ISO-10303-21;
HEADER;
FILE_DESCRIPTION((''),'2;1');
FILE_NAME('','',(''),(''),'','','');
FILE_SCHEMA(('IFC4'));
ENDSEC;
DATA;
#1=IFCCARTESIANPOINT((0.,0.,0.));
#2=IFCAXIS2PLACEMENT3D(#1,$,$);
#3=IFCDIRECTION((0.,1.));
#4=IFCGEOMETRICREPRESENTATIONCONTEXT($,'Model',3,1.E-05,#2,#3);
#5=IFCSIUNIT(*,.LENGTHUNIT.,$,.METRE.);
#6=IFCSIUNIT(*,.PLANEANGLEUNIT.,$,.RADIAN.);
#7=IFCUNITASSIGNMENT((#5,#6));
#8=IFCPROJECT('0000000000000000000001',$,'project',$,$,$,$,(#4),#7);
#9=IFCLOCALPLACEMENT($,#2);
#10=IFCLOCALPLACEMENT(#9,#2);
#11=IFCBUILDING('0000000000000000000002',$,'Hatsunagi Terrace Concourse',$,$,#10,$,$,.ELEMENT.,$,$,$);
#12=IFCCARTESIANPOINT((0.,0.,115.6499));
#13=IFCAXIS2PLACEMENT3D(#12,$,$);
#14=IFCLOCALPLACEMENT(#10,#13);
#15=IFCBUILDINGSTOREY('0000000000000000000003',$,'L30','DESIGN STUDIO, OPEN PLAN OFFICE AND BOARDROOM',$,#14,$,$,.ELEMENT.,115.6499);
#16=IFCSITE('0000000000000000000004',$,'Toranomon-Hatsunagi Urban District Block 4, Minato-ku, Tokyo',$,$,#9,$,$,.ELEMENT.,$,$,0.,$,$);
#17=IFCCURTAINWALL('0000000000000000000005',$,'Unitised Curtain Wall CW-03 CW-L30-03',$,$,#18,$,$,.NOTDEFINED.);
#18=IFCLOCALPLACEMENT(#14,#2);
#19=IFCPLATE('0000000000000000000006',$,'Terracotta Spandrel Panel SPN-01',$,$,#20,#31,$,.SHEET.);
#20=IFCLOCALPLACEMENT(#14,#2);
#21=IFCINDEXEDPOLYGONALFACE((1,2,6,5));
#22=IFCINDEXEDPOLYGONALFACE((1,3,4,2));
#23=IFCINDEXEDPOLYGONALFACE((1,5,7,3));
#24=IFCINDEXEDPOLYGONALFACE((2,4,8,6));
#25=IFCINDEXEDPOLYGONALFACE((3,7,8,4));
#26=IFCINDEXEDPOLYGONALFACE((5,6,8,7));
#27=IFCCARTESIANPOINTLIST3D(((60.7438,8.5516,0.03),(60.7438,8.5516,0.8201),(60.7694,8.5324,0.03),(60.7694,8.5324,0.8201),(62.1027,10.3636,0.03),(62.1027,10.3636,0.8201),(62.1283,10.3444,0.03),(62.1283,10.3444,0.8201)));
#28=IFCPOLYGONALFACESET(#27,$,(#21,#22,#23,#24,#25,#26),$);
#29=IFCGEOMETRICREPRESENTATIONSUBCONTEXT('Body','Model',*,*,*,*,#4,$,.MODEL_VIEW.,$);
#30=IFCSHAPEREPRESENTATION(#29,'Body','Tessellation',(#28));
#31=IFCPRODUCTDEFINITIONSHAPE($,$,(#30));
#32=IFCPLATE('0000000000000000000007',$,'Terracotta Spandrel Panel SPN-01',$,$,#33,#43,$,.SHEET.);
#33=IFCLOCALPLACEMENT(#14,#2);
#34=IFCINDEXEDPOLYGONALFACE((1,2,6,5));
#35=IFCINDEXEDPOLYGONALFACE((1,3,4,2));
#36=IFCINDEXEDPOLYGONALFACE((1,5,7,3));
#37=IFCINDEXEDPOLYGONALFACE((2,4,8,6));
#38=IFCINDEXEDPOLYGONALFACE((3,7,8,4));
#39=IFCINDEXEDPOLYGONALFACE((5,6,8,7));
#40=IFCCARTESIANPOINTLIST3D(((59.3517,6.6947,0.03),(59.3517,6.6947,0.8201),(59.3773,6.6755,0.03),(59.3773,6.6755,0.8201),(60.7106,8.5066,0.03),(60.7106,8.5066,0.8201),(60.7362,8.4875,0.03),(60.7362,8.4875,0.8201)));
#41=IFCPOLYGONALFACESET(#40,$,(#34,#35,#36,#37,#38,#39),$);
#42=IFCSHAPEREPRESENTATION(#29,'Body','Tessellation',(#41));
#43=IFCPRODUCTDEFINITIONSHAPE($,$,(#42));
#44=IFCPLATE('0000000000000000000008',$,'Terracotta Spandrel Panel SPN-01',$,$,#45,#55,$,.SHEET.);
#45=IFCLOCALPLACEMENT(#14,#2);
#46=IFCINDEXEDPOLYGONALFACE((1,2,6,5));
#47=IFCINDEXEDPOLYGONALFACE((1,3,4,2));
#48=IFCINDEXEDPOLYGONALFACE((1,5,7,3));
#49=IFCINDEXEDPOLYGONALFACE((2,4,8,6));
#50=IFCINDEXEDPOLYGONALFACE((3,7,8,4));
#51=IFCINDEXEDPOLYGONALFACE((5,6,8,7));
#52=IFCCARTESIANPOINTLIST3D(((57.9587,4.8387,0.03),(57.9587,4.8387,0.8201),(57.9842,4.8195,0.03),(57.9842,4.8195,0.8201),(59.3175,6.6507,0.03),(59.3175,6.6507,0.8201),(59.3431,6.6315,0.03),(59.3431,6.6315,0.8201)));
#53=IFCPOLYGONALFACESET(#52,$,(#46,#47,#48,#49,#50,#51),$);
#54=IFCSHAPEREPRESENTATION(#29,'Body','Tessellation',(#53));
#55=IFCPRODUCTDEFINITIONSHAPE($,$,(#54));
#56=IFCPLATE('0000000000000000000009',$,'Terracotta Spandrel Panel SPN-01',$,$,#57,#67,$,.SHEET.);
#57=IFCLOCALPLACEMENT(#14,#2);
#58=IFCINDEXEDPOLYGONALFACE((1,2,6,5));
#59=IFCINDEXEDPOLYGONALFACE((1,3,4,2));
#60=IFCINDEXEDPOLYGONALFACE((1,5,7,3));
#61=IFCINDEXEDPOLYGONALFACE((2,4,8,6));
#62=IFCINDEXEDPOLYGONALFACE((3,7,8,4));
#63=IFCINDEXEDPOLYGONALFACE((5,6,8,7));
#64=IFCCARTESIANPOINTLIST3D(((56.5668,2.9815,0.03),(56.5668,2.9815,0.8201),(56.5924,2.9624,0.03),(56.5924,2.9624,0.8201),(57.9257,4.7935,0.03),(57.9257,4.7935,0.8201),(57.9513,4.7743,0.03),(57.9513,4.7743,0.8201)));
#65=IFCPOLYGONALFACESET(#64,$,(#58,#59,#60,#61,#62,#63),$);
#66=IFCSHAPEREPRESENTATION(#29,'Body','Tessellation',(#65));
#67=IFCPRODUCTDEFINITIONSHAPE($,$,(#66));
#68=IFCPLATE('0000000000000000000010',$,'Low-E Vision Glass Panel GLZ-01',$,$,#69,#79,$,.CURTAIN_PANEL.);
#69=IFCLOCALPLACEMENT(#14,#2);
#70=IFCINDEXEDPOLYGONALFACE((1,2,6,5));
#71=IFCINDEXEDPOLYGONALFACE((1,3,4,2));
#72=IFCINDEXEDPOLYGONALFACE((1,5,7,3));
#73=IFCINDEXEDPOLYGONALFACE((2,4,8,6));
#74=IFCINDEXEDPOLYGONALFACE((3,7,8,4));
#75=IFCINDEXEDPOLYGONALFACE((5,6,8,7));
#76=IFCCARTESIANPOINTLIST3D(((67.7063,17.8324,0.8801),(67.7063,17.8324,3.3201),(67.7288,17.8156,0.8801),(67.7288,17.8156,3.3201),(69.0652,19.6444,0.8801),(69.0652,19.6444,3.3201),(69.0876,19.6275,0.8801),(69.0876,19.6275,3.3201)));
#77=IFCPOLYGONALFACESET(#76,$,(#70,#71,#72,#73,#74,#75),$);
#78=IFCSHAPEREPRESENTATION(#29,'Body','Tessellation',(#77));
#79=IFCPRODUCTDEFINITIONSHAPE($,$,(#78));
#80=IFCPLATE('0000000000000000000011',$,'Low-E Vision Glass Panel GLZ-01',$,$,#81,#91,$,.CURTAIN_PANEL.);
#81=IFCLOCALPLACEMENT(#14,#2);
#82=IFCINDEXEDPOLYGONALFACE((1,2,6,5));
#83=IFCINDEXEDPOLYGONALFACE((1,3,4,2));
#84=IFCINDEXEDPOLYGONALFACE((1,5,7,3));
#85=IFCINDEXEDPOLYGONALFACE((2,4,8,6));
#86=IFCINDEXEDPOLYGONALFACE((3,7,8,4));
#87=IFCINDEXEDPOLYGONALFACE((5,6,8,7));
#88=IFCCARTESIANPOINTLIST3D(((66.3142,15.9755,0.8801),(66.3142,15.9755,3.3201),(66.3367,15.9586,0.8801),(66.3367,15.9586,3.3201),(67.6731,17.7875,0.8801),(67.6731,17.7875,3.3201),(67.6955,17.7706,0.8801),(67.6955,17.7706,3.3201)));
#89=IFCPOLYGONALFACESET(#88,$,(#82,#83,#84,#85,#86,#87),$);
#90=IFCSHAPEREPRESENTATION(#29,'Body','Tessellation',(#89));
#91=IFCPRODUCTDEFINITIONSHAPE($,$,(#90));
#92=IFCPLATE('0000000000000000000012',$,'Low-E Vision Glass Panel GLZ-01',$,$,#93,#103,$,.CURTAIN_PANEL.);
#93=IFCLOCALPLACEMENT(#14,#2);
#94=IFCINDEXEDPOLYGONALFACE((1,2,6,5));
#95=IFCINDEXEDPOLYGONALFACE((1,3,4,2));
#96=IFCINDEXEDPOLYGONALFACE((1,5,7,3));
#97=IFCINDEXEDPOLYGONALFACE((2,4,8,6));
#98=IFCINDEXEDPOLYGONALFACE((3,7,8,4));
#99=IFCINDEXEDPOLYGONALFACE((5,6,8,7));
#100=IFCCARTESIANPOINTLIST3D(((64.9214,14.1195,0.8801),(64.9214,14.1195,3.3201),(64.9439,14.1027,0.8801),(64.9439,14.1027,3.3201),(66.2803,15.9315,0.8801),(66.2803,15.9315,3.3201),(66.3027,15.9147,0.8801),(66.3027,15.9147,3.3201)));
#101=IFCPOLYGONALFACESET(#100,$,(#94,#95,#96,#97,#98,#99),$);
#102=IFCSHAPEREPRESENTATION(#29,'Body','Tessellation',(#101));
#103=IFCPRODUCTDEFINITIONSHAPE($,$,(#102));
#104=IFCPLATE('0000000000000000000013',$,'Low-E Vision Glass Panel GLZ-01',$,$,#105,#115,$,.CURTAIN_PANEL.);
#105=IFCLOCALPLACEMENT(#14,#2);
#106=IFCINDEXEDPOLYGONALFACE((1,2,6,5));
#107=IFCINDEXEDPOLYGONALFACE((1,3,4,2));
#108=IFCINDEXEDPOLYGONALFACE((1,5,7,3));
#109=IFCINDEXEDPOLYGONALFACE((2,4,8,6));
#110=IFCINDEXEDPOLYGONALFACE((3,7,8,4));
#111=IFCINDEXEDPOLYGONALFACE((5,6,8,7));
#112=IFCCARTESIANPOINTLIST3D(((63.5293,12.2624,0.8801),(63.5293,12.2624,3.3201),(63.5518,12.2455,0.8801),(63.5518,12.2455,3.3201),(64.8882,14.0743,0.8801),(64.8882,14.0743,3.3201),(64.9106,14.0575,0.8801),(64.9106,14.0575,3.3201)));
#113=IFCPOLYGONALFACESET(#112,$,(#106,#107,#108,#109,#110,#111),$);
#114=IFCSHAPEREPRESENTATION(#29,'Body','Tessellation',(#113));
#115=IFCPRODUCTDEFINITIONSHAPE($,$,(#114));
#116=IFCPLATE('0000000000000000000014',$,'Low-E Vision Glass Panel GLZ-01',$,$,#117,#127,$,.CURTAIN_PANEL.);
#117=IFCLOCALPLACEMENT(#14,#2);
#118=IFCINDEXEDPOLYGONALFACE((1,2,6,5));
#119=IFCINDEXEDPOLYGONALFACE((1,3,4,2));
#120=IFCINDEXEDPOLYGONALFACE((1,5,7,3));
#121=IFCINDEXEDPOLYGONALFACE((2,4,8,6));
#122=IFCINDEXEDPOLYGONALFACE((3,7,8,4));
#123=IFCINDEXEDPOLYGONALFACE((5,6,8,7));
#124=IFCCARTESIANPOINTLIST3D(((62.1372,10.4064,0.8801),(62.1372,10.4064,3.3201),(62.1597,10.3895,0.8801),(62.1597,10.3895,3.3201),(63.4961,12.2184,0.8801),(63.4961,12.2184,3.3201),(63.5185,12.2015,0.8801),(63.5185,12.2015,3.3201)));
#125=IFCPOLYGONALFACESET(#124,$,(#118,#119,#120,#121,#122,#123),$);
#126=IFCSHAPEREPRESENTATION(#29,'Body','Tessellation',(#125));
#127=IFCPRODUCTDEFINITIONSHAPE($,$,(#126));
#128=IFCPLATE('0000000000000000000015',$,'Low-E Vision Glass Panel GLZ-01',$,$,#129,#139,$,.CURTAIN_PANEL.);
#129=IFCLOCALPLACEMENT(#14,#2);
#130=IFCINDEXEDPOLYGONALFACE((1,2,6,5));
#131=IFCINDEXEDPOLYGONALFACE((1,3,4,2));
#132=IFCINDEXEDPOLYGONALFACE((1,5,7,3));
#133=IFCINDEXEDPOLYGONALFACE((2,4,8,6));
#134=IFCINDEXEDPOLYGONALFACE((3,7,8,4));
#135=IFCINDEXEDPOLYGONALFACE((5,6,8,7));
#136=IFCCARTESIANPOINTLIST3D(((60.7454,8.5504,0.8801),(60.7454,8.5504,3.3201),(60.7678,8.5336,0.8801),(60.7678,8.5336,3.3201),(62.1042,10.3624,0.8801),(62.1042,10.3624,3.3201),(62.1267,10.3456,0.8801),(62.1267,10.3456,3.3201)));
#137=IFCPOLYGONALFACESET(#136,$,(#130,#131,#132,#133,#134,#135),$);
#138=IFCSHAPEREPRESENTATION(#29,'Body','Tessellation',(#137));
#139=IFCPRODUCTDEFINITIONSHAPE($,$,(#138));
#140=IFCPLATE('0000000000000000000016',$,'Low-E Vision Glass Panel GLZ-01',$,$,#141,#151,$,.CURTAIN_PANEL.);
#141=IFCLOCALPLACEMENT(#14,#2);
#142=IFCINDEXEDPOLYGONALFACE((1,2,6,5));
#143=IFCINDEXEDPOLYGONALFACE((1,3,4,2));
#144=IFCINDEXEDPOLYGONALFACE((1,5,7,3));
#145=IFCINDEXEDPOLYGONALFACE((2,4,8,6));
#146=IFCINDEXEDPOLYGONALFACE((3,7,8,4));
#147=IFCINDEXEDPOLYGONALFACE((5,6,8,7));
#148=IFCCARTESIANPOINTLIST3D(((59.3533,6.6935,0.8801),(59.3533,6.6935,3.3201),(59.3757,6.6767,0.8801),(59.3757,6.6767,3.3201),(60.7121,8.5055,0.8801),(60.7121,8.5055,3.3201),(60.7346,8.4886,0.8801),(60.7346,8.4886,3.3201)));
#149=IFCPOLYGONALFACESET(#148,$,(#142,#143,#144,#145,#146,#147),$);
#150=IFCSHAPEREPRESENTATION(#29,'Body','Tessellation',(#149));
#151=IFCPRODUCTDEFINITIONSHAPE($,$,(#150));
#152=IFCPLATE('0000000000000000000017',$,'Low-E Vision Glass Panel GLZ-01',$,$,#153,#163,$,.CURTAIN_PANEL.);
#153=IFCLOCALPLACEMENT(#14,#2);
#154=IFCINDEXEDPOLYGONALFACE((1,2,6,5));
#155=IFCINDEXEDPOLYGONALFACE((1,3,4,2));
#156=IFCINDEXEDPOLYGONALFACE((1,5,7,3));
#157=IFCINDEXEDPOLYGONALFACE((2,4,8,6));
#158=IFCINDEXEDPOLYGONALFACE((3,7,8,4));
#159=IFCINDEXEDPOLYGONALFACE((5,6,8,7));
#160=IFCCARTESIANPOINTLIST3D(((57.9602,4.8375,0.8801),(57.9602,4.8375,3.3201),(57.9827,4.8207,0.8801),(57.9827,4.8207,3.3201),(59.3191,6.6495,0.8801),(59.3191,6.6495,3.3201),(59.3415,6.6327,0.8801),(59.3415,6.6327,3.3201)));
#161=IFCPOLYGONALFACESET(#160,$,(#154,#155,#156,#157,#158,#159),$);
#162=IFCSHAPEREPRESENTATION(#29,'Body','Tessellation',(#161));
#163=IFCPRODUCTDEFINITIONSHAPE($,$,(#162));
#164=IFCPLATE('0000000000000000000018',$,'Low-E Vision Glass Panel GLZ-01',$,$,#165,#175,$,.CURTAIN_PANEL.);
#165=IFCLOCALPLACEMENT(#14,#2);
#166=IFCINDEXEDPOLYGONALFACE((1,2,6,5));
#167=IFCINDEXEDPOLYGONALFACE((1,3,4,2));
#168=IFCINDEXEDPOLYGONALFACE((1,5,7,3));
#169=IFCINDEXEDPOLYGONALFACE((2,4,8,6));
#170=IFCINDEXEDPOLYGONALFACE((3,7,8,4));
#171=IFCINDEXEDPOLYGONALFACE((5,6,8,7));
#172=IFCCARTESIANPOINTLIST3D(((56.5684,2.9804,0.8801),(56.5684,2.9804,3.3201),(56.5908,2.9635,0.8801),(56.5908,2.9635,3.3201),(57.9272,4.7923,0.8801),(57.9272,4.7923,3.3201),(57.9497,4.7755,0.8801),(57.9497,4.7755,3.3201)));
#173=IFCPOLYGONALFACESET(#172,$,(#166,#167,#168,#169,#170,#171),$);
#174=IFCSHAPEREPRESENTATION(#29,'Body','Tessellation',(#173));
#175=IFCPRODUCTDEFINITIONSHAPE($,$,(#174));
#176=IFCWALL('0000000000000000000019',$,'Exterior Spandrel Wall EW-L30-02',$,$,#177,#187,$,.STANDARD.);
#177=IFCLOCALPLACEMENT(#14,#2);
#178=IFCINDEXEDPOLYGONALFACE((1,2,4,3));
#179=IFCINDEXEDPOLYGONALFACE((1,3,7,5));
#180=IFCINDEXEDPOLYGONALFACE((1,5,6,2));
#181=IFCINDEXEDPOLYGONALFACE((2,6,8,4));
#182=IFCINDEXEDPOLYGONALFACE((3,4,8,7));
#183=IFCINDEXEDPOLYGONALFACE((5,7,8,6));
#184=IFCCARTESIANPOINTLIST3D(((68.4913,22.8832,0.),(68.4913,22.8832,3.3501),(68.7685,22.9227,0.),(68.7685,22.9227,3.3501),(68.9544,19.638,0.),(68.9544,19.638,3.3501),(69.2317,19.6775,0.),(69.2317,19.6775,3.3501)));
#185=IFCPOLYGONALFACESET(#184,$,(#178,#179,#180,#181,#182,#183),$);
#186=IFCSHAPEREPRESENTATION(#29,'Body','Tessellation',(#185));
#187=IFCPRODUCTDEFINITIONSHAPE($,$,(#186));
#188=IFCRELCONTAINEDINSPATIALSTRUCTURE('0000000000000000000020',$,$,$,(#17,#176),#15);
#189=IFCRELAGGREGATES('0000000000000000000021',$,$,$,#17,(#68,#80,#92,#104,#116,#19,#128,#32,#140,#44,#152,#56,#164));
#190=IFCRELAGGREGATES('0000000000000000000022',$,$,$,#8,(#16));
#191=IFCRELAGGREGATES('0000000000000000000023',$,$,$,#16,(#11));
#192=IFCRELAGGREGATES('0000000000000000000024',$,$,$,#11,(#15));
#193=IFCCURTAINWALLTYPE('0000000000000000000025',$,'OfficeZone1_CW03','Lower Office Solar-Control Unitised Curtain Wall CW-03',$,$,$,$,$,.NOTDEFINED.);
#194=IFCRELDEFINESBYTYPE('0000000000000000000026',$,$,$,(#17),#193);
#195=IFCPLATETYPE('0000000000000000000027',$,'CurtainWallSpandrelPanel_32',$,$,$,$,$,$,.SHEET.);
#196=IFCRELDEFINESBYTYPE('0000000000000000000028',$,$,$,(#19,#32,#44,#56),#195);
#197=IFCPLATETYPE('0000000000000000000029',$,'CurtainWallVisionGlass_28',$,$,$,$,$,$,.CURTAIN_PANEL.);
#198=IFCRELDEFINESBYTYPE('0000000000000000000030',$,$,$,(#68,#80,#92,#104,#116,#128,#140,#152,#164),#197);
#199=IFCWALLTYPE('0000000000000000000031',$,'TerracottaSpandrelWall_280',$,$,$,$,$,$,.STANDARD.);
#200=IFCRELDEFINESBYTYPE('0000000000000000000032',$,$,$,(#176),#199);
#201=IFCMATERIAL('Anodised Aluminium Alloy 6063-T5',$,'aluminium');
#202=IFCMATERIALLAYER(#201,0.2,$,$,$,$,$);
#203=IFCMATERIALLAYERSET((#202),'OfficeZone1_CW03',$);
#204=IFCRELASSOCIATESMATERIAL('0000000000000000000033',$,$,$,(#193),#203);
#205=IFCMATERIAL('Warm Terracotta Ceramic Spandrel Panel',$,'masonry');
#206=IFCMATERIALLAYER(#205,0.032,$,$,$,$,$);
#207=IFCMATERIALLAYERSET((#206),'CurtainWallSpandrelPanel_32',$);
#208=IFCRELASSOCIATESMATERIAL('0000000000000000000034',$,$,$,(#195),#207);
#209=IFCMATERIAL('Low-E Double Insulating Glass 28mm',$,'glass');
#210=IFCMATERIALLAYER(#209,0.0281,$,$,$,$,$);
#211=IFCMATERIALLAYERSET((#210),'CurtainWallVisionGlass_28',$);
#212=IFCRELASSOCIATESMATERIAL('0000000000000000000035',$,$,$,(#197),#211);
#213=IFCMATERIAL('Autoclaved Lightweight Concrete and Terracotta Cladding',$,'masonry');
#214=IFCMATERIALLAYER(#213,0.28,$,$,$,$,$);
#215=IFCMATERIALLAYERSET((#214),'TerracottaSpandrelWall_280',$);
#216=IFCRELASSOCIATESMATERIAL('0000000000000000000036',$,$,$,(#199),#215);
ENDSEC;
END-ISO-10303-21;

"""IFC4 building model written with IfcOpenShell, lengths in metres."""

from ifc_helpers import new_model, si_unit, direction, frame, frame_2d, origin, origin_2d, place, context, subcontext, project, spatial, rectangle, extrude, material, layer, layer_set, type_object, element, aggregate, save


model = new_model("IFC4")

# Units and contexts
model_context = context("Model", 3, precision=1e-05, world=origin(), true_north=direction((0.0, 1.0)))
body_context = subcontext(model_context, "Body", "Model", "MODEL_VIEW")
ifc_project = project(units=[si_unit("LENGTHUNIT", "METRE"), si_unit("PLANEANGLEUNIT", "RADIAN")], contexts=[model_context])

# Site, building, storey
site_placement = place(None, origin())
site = spatial("IfcSite", under=ifc_project, at=site_placement, Name="Toranomon-Hatsunagi Urban District Block 4, Minato-ku, Tokyo", CompositionType="ELEMENT", RefElevation=0.0)
building_placement = place(site_placement, origin())
building = spatial("IfcBuilding", under=site, at=building_placement, Name="Hatsunagi Terrace Concourse", CompositionType="ELEMENT")
storey_placement = place(building_placement, frame((0.0, 0.0, 115.6499)))
storey = spatial("IfcBuildingStorey", under=building, at=storey_placement, Name="L30", Description="DESIGN STUDIO, OPEN PLAN OFFICE AND BOARDROOM", CompositionType="ELEMENT", Elevation=115.6499)

# Curtain wall
ifc_material_1 = material(Name="Anodised Aluminium Alloy 6063-T5", Category="aluminium")
ifc_layer_1 = layer(ifc_material_1, 0.2)
ifc_layer_set_1 = layer_set([ifc_layer_1], Name="OfficeZone1_CW03")
curtain_wall_type = type_object("IfcCurtainWallType", Name="OfficeZone1_CW03", Description="Lower Office Solar-Control Unitised Curtain Wall CW-03", PredefinedType="NOTDEFINED", material=ifc_layer_set_1)
curtain_wall_placement = place(storey_placement, origin())
curtain_wall = element("IfcCurtainWall", 1, at=curtain_wall_placement, inside=storey, type_object=curtain_wall_type, Name="Unitised Curtain Wall CW-03 CW-L30-03", PredefinedType="NOTDEFINED")

# Plates
ifc_material_2 = material(Name="Warm Terracotta Ceramic Spandrel Panel", Category="masonry")
ifc_layer_2 = layer(ifc_material_2, 0.032)
ifc_layer_set_2 = layer_set([ifc_layer_2], Name="CurtainWallSpandrelPanel_32")
plate_type_1 = type_object("IfcPlateType", Name="CurtainWallSpandrelPanel_32", PredefinedType="SHEET", material=ifc_layer_set_2)
plate_1_placement = place(storey_placement, frame((61.436, 9.448, 0.03), z_axis=(0.0, 0.0, 1.0), x_axis=(-0.599969, -0.800023, 0.0)))
plate_1 = element("IfcPlate", 2, at=plate_1_placement, type_object=plate_type_1, Name="Terracotta Spandrel Panel SPN-01", PredefinedType="SHEET", context=body_context, shape_type="SweptSolid", body=[
    extrude(rectangle(XDim=2.2649, YDim=0.032, at=origin_2d()), origin(), (0.0, 0.0, 1.0), 0.79),
])
plate_2_placement = place(storey_placement, frame((60.0439, 7.5911, 0.03), z_axis=(0.0, 0.0, 1.0), x_axis=(-0.599969, -0.800023, 0.0)))
plate_2 = element("IfcPlate", 3, at=plate_2_placement, type_object=plate_type_1, Name="Terracotta Spandrel Panel SPN-01", PredefinedType="SHEET", context=body_context, shape_type="SweptSolid", body=[
    extrude(rectangle(XDim=2.2649, YDim=0.032, at=origin_2d()), origin(), (0.0, 0.0, 1.0), 0.79),
])
plate_3_placement = place(storey_placement, frame((58.6509, 5.7351, 0.03), z_axis=(0.0, 0.0, 1.0), x_axis=(-0.599969, -0.800023, 0.0)))
plate_3 = element("IfcPlate", 4, at=plate_3_placement, type_object=plate_type_1, Name="Terracotta Spandrel Panel SPN-01", PredefinedType="SHEET", context=body_context, shape_type="SweptSolid", body=[
    extrude(rectangle(XDim=2.2649, YDim=0.032, at=origin_2d()), origin(), (0.0, 0.0, 1.0), 0.79),
])
plate_4_placement = place(storey_placement, frame((57.259, 3.8779, 0.03), z_axis=(0.0, 0.0, 1.0), x_axis=(-0.599969, -0.800023, 0.0)))
plate_4 = element("IfcPlate", 5, at=plate_4_placement, type_object=plate_type_1, Name="Terracotta Spandrel Panel SPN-01", PredefinedType="SHEET", context=body_context, shape_type="SweptSolid", body=[
    extrude(rectangle(XDim=2.2649, YDim=0.032, at=origin_2d()), origin(), (0.0, 0.0, 1.0), 0.79),
])
ifc_material_3 = material(Name="Low-E Double Insulating Glass 28mm", Category="glass")
ifc_layer_3 = layer(ifc_material_3, 0.0281)
ifc_layer_set_3 = layer_set([ifc_layer_3], Name="CurtainWallVisionGlass_28")
plate_type_2 = type_object("IfcPlateType", Name="CurtainWallVisionGlass_28", PredefinedType="CURTAIN_PANEL", material=ifc_layer_set_3)
plate_5_placement = place(storey_placement, frame((68.397, 18.73, 0.8801), z_axis=(0.0, 0.0, 1.0), x_axis=(-0.599969, -0.800023, 0.0)))
plate_5 = element("IfcPlate", 6, at=plate_5_placement, type_object=plate_type_2, Name="Low-E Vision Glass Panel GLZ-01", PredefinedType="CURTAIN_PANEL", context=body_context, shape_type="SweptSolid", body=[
    extrude(rectangle(XDim=2.2649, YDim=0.0281, at=origin_2d()), origin(), (0.0, 0.0, 1.0), 2.4399),
])
plate_6_placement = place(storey_placement, frame((67.0049, 16.873, 0.8801), z_axis=(0.0, 0.0, 1.0), x_axis=(-0.599969, -0.800023, 0.0)))
plate_6 = element("IfcPlate", 7, at=plate_6_placement, type_object=plate_type_2, Name="Low-E Vision Glass Panel GLZ-01", PredefinedType="CURTAIN_PANEL", context=body_context, shape_type="SweptSolid", body=[
    extrude(rectangle(XDim=2.2649, YDim=0.0281, at=origin_2d()), origin(), (0.0, 0.0, 1.0), 2.4399),
])
plate_7_placement = place(storey_placement, frame((65.6121, 15.0171, 0.8801), z_axis=(0.0, 0.0, 1.0), x_axis=(-0.599969, -0.800023, 0.0)))
plate_7 = element("IfcPlate", 8, at=plate_7_placement, type_object=plate_type_2, Name="Low-E Vision Glass Panel GLZ-01", PredefinedType="CURTAIN_PANEL", context=body_context, shape_type="SweptSolid", body=[
    extrude(rectangle(XDim=2.2649, YDim=0.0281, at=origin_2d()), origin(), (0.0, 0.0, 1.0), 2.4399),
])
plate_8_placement = place(storey_placement, frame((64.22, 13.1599, 0.8801), z_axis=(0.0, 0.0, 1.0), x_axis=(-0.599969, -0.800023, 0.0)))
plate_8 = element("IfcPlate", 9, at=plate_8_placement, type_object=plate_type_2, Name="Low-E Vision Glass Panel GLZ-01", PredefinedType="CURTAIN_PANEL", context=body_context, shape_type="SweptSolid", body=[
    extrude(rectangle(XDim=2.2649, YDim=0.0281, at=origin_2d()), origin(), (0.0, 0.0, 1.0), 2.4399),
])
plate_9_placement = place(storey_placement, frame((62.8279, 11.304, 0.8801), z_axis=(0.0, 0.0, 1.0), x_axis=(-0.599969, -0.800023, 0.0)))
plate_9 = element("IfcPlate", 10, at=plate_9_placement, type_object=plate_type_2, Name="Low-E Vision Glass Panel GLZ-01", PredefinedType="CURTAIN_PANEL", context=body_context, shape_type="SweptSolid", body=[
    extrude(rectangle(XDim=2.2649, YDim=0.0281, at=origin_2d()), origin(), (0.0, 0.0, 1.0), 2.4399),
])
plate_10_placement = place(storey_placement, frame((61.436, 9.448, 0.8801), z_axis=(0.0, 0.0, 1.0), x_axis=(-0.599969, -0.800023, 0.0)))
plate_10 = element("IfcPlate", 11, at=plate_10_placement, type_object=plate_type_2, Name="Low-E Vision Glass Panel GLZ-01", PredefinedType="CURTAIN_PANEL", context=body_context, shape_type="SweptSolid", body=[
    extrude(rectangle(XDim=2.2649, YDim=0.0281, at=origin_2d()), origin(), (0.0, 0.0, 1.0), 2.4399),
])
plate_11_placement = place(storey_placement, frame((60.0439, 7.5911, 0.8801), z_axis=(0.0, 0.0, 1.0), x_axis=(-0.599969, -0.800023, 0.0)))
plate_11 = element("IfcPlate", 12, at=plate_11_placement, type_object=plate_type_2, Name="Low-E Vision Glass Panel GLZ-01", PredefinedType="CURTAIN_PANEL", context=body_context, shape_type="SweptSolid", body=[
    extrude(rectangle(XDim=2.2649, YDim=0.0281, at=origin_2d()), origin(), (0.0, 0.0, 1.0), 2.4399),
])
plate_12_placement = place(storey_placement, frame((58.6509, 5.7351, 0.8801), z_axis=(0.0, 0.0, 1.0), x_axis=(-0.599969, -0.800023, 0.0)))
plate_12 = element("IfcPlate", 13, at=plate_12_placement, type_object=plate_type_2, Name="Low-E Vision Glass Panel GLZ-01", PredefinedType="CURTAIN_PANEL", context=body_context, shape_type="SweptSolid", body=[
    extrude(rectangle(XDim=2.2649, YDim=0.0281, at=origin_2d()), origin(), (0.0, 0.0, 1.0), 2.4399),
])
plate_13_placement = place(storey_placement, frame((57.259, 3.8779, 0.8801), z_axis=(0.0, 0.0, 1.0), x_axis=(-0.599969, -0.800023, 0.0)))
plate_13 = element("IfcPlate", 14, at=plate_13_placement, type_object=plate_type_2, Name="Low-E Vision Glass Panel GLZ-01", PredefinedType="CURTAIN_PANEL", context=body_context, shape_type="SweptSolid", body=[
    extrude(rectangle(XDim=2.2649, YDim=0.0281, at=origin_2d()), origin(), (0.0, 0.0, 1.0), 2.4399),
])
aggregate(curtain_wall, [plate_5, plate_6, plate_7, plate_8, plate_9, plate_1, plate_10, plate_2, plate_11, plate_3, plate_12, plate_4, plate_13])

# Wall
ifc_material_4 = material(Name="Autoclaved Lightweight Concrete and Terracotta Cladding", Category="masonry")
ifc_layer_4 = layer(ifc_material_4, 0.28)
ifc_layer_set_4 = layer_set([ifc_layer_4], Name="TerracottaSpandrelWall_280")
wall_type = type_object("IfcWallType", Name="TerracottaSpandrelWall_280", PredefinedType="STANDARD", material=ifc_layer_set_4)
wall_placement = place(storey_placement, frame((68.6299, 22.9031, 0.0), z_axis=(0.0, 0.0, 1.0), x_axis=(0.141286, -0.989969, 0.0)))
element("IfcWall", 15, at=wall_placement, inside=storey, type_object=wall_type, Name="Exterior Spandrel Wall EW-L30-02", PredefinedType="STANDARD", context=body_context, shape_type="SweptSolid", body=[
    extrude(rectangle(XDim=3.2781, YDim=0.28, at=frame_2d((1.6392, 0.0))), origin(), (0.0, 0.0, 1.0), 3.3501),
])

save(model, "model.ifc")
